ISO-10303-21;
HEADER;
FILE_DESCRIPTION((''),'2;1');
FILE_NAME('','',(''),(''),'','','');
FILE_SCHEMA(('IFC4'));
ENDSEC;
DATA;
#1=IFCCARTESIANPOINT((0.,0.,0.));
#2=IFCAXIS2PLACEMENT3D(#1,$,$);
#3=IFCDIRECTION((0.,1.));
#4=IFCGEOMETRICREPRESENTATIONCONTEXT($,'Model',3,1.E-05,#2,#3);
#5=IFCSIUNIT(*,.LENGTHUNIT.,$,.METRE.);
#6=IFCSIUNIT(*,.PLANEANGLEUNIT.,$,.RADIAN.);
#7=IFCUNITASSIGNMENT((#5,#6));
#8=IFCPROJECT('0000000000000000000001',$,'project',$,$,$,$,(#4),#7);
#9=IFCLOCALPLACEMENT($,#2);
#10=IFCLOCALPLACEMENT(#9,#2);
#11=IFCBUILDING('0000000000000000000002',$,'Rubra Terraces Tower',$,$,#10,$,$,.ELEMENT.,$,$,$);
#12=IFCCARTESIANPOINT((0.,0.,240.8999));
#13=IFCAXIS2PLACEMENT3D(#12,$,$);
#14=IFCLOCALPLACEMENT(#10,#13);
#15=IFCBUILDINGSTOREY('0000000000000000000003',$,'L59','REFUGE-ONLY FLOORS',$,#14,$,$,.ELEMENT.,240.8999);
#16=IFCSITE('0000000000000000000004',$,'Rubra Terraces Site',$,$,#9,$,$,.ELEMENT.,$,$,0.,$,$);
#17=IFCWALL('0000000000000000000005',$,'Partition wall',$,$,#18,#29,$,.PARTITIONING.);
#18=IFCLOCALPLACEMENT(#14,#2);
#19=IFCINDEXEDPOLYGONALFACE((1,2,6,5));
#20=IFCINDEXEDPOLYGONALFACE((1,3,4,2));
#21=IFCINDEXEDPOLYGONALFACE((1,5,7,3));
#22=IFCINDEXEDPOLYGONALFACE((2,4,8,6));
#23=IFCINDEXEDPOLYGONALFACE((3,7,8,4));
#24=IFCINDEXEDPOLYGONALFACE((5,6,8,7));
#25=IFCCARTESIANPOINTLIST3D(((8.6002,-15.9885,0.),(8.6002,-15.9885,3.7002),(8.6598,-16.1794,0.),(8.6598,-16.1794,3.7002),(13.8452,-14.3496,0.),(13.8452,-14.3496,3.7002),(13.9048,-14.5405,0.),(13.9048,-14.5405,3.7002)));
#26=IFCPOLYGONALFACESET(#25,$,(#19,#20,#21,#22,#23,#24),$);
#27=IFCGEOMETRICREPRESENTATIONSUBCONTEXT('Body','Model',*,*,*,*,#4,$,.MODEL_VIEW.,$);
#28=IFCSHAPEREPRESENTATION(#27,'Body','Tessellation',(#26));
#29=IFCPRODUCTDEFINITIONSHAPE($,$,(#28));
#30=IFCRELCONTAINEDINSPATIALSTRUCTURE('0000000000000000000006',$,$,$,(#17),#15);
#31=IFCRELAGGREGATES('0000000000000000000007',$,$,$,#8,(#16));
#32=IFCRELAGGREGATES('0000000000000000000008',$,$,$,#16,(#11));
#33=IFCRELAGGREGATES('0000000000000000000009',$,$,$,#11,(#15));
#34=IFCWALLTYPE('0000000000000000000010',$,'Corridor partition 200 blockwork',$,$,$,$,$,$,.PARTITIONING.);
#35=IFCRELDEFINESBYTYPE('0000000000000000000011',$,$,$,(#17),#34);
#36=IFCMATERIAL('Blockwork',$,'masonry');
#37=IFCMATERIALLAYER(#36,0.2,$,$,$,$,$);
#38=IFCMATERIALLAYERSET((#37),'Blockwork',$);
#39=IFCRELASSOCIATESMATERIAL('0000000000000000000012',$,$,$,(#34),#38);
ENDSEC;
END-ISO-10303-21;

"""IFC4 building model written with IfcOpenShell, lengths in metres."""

from ifc_helpers import new_model, si_unit, direction, frame, frame_2d, origin, place, context, subcontext, project, spatial, rectangle, extrude, material, layer, layer_set, type_object, element, save


model = new_model("IFC4")

# Units and contexts
model_context = context("Model", 3, precision=1e-05, world=origin(), true_north=direction((0.0, 1.0)))
body_context = subcontext(model_context, "Body", "Model", "MODEL_VIEW")
ifc_project = project(units=[si_unit("LENGTHUNIT", "METRE"), si_unit("PLANEANGLEUNIT", "RADIAN")], contexts=[model_context])

# Site, building, storey
site_placement = place(None, origin())
site = spatial("IfcSite", under=ifc_project, at=site_placement, Name="Rubra Terraces Site", CompositionType="ELEMENT", RefElevation=0.0)
building_placement = place(site_placement, origin())
building = spatial("IfcBuilding", under=site, at=building_placement, Name="Rubra Terraces Tower", CompositionType="ELEMENT")
storey_placement = place(building_placement, frame((0.0, 0.0, 240.8999)))
storey = spatial("IfcBuildingStorey", under=building, at=storey_placement, Name="L59", Description="REFUGE-ONLY FLOORS", CompositionType="ELEMENT", Elevation=240.8999)

# Wall
ifc_material_1 = material(Name="Blockwork", Category="masonry")
ifc_layer_1 = layer(ifc_material_1, 0.2)
ifc_layer_set_1 = layer_set([ifc_layer_1], Name="Blockwork")
wall_type_1 = type_object("IfcWallType", Name="Corridor partition 200 blockwork", PredefinedType="PARTITIONING", material=ifc_layer_set_1)
wall_1_placement = place(storey_placement, frame((13.875, -14.4451, 0.0), z_axis=(0.0, 0.0, 1.0), x_axis=(-0.954489, -0.298245, 0.0)))
element("IfcWall", 1, at=wall_1_placement, inside=storey, type_object=wall_type_1, Name="Partition wall", PredefinedType="PARTITIONING", context=body_context, shape_type="SweptSolid", body=[
    extrude(rectangle(XDim=5.4951, YDim=0.2, at=frame_2d((2.7476, 0.0))), origin(), (0.0, 0.0, 1.0), 3.7002),
])

save(model, "model.ifc")
